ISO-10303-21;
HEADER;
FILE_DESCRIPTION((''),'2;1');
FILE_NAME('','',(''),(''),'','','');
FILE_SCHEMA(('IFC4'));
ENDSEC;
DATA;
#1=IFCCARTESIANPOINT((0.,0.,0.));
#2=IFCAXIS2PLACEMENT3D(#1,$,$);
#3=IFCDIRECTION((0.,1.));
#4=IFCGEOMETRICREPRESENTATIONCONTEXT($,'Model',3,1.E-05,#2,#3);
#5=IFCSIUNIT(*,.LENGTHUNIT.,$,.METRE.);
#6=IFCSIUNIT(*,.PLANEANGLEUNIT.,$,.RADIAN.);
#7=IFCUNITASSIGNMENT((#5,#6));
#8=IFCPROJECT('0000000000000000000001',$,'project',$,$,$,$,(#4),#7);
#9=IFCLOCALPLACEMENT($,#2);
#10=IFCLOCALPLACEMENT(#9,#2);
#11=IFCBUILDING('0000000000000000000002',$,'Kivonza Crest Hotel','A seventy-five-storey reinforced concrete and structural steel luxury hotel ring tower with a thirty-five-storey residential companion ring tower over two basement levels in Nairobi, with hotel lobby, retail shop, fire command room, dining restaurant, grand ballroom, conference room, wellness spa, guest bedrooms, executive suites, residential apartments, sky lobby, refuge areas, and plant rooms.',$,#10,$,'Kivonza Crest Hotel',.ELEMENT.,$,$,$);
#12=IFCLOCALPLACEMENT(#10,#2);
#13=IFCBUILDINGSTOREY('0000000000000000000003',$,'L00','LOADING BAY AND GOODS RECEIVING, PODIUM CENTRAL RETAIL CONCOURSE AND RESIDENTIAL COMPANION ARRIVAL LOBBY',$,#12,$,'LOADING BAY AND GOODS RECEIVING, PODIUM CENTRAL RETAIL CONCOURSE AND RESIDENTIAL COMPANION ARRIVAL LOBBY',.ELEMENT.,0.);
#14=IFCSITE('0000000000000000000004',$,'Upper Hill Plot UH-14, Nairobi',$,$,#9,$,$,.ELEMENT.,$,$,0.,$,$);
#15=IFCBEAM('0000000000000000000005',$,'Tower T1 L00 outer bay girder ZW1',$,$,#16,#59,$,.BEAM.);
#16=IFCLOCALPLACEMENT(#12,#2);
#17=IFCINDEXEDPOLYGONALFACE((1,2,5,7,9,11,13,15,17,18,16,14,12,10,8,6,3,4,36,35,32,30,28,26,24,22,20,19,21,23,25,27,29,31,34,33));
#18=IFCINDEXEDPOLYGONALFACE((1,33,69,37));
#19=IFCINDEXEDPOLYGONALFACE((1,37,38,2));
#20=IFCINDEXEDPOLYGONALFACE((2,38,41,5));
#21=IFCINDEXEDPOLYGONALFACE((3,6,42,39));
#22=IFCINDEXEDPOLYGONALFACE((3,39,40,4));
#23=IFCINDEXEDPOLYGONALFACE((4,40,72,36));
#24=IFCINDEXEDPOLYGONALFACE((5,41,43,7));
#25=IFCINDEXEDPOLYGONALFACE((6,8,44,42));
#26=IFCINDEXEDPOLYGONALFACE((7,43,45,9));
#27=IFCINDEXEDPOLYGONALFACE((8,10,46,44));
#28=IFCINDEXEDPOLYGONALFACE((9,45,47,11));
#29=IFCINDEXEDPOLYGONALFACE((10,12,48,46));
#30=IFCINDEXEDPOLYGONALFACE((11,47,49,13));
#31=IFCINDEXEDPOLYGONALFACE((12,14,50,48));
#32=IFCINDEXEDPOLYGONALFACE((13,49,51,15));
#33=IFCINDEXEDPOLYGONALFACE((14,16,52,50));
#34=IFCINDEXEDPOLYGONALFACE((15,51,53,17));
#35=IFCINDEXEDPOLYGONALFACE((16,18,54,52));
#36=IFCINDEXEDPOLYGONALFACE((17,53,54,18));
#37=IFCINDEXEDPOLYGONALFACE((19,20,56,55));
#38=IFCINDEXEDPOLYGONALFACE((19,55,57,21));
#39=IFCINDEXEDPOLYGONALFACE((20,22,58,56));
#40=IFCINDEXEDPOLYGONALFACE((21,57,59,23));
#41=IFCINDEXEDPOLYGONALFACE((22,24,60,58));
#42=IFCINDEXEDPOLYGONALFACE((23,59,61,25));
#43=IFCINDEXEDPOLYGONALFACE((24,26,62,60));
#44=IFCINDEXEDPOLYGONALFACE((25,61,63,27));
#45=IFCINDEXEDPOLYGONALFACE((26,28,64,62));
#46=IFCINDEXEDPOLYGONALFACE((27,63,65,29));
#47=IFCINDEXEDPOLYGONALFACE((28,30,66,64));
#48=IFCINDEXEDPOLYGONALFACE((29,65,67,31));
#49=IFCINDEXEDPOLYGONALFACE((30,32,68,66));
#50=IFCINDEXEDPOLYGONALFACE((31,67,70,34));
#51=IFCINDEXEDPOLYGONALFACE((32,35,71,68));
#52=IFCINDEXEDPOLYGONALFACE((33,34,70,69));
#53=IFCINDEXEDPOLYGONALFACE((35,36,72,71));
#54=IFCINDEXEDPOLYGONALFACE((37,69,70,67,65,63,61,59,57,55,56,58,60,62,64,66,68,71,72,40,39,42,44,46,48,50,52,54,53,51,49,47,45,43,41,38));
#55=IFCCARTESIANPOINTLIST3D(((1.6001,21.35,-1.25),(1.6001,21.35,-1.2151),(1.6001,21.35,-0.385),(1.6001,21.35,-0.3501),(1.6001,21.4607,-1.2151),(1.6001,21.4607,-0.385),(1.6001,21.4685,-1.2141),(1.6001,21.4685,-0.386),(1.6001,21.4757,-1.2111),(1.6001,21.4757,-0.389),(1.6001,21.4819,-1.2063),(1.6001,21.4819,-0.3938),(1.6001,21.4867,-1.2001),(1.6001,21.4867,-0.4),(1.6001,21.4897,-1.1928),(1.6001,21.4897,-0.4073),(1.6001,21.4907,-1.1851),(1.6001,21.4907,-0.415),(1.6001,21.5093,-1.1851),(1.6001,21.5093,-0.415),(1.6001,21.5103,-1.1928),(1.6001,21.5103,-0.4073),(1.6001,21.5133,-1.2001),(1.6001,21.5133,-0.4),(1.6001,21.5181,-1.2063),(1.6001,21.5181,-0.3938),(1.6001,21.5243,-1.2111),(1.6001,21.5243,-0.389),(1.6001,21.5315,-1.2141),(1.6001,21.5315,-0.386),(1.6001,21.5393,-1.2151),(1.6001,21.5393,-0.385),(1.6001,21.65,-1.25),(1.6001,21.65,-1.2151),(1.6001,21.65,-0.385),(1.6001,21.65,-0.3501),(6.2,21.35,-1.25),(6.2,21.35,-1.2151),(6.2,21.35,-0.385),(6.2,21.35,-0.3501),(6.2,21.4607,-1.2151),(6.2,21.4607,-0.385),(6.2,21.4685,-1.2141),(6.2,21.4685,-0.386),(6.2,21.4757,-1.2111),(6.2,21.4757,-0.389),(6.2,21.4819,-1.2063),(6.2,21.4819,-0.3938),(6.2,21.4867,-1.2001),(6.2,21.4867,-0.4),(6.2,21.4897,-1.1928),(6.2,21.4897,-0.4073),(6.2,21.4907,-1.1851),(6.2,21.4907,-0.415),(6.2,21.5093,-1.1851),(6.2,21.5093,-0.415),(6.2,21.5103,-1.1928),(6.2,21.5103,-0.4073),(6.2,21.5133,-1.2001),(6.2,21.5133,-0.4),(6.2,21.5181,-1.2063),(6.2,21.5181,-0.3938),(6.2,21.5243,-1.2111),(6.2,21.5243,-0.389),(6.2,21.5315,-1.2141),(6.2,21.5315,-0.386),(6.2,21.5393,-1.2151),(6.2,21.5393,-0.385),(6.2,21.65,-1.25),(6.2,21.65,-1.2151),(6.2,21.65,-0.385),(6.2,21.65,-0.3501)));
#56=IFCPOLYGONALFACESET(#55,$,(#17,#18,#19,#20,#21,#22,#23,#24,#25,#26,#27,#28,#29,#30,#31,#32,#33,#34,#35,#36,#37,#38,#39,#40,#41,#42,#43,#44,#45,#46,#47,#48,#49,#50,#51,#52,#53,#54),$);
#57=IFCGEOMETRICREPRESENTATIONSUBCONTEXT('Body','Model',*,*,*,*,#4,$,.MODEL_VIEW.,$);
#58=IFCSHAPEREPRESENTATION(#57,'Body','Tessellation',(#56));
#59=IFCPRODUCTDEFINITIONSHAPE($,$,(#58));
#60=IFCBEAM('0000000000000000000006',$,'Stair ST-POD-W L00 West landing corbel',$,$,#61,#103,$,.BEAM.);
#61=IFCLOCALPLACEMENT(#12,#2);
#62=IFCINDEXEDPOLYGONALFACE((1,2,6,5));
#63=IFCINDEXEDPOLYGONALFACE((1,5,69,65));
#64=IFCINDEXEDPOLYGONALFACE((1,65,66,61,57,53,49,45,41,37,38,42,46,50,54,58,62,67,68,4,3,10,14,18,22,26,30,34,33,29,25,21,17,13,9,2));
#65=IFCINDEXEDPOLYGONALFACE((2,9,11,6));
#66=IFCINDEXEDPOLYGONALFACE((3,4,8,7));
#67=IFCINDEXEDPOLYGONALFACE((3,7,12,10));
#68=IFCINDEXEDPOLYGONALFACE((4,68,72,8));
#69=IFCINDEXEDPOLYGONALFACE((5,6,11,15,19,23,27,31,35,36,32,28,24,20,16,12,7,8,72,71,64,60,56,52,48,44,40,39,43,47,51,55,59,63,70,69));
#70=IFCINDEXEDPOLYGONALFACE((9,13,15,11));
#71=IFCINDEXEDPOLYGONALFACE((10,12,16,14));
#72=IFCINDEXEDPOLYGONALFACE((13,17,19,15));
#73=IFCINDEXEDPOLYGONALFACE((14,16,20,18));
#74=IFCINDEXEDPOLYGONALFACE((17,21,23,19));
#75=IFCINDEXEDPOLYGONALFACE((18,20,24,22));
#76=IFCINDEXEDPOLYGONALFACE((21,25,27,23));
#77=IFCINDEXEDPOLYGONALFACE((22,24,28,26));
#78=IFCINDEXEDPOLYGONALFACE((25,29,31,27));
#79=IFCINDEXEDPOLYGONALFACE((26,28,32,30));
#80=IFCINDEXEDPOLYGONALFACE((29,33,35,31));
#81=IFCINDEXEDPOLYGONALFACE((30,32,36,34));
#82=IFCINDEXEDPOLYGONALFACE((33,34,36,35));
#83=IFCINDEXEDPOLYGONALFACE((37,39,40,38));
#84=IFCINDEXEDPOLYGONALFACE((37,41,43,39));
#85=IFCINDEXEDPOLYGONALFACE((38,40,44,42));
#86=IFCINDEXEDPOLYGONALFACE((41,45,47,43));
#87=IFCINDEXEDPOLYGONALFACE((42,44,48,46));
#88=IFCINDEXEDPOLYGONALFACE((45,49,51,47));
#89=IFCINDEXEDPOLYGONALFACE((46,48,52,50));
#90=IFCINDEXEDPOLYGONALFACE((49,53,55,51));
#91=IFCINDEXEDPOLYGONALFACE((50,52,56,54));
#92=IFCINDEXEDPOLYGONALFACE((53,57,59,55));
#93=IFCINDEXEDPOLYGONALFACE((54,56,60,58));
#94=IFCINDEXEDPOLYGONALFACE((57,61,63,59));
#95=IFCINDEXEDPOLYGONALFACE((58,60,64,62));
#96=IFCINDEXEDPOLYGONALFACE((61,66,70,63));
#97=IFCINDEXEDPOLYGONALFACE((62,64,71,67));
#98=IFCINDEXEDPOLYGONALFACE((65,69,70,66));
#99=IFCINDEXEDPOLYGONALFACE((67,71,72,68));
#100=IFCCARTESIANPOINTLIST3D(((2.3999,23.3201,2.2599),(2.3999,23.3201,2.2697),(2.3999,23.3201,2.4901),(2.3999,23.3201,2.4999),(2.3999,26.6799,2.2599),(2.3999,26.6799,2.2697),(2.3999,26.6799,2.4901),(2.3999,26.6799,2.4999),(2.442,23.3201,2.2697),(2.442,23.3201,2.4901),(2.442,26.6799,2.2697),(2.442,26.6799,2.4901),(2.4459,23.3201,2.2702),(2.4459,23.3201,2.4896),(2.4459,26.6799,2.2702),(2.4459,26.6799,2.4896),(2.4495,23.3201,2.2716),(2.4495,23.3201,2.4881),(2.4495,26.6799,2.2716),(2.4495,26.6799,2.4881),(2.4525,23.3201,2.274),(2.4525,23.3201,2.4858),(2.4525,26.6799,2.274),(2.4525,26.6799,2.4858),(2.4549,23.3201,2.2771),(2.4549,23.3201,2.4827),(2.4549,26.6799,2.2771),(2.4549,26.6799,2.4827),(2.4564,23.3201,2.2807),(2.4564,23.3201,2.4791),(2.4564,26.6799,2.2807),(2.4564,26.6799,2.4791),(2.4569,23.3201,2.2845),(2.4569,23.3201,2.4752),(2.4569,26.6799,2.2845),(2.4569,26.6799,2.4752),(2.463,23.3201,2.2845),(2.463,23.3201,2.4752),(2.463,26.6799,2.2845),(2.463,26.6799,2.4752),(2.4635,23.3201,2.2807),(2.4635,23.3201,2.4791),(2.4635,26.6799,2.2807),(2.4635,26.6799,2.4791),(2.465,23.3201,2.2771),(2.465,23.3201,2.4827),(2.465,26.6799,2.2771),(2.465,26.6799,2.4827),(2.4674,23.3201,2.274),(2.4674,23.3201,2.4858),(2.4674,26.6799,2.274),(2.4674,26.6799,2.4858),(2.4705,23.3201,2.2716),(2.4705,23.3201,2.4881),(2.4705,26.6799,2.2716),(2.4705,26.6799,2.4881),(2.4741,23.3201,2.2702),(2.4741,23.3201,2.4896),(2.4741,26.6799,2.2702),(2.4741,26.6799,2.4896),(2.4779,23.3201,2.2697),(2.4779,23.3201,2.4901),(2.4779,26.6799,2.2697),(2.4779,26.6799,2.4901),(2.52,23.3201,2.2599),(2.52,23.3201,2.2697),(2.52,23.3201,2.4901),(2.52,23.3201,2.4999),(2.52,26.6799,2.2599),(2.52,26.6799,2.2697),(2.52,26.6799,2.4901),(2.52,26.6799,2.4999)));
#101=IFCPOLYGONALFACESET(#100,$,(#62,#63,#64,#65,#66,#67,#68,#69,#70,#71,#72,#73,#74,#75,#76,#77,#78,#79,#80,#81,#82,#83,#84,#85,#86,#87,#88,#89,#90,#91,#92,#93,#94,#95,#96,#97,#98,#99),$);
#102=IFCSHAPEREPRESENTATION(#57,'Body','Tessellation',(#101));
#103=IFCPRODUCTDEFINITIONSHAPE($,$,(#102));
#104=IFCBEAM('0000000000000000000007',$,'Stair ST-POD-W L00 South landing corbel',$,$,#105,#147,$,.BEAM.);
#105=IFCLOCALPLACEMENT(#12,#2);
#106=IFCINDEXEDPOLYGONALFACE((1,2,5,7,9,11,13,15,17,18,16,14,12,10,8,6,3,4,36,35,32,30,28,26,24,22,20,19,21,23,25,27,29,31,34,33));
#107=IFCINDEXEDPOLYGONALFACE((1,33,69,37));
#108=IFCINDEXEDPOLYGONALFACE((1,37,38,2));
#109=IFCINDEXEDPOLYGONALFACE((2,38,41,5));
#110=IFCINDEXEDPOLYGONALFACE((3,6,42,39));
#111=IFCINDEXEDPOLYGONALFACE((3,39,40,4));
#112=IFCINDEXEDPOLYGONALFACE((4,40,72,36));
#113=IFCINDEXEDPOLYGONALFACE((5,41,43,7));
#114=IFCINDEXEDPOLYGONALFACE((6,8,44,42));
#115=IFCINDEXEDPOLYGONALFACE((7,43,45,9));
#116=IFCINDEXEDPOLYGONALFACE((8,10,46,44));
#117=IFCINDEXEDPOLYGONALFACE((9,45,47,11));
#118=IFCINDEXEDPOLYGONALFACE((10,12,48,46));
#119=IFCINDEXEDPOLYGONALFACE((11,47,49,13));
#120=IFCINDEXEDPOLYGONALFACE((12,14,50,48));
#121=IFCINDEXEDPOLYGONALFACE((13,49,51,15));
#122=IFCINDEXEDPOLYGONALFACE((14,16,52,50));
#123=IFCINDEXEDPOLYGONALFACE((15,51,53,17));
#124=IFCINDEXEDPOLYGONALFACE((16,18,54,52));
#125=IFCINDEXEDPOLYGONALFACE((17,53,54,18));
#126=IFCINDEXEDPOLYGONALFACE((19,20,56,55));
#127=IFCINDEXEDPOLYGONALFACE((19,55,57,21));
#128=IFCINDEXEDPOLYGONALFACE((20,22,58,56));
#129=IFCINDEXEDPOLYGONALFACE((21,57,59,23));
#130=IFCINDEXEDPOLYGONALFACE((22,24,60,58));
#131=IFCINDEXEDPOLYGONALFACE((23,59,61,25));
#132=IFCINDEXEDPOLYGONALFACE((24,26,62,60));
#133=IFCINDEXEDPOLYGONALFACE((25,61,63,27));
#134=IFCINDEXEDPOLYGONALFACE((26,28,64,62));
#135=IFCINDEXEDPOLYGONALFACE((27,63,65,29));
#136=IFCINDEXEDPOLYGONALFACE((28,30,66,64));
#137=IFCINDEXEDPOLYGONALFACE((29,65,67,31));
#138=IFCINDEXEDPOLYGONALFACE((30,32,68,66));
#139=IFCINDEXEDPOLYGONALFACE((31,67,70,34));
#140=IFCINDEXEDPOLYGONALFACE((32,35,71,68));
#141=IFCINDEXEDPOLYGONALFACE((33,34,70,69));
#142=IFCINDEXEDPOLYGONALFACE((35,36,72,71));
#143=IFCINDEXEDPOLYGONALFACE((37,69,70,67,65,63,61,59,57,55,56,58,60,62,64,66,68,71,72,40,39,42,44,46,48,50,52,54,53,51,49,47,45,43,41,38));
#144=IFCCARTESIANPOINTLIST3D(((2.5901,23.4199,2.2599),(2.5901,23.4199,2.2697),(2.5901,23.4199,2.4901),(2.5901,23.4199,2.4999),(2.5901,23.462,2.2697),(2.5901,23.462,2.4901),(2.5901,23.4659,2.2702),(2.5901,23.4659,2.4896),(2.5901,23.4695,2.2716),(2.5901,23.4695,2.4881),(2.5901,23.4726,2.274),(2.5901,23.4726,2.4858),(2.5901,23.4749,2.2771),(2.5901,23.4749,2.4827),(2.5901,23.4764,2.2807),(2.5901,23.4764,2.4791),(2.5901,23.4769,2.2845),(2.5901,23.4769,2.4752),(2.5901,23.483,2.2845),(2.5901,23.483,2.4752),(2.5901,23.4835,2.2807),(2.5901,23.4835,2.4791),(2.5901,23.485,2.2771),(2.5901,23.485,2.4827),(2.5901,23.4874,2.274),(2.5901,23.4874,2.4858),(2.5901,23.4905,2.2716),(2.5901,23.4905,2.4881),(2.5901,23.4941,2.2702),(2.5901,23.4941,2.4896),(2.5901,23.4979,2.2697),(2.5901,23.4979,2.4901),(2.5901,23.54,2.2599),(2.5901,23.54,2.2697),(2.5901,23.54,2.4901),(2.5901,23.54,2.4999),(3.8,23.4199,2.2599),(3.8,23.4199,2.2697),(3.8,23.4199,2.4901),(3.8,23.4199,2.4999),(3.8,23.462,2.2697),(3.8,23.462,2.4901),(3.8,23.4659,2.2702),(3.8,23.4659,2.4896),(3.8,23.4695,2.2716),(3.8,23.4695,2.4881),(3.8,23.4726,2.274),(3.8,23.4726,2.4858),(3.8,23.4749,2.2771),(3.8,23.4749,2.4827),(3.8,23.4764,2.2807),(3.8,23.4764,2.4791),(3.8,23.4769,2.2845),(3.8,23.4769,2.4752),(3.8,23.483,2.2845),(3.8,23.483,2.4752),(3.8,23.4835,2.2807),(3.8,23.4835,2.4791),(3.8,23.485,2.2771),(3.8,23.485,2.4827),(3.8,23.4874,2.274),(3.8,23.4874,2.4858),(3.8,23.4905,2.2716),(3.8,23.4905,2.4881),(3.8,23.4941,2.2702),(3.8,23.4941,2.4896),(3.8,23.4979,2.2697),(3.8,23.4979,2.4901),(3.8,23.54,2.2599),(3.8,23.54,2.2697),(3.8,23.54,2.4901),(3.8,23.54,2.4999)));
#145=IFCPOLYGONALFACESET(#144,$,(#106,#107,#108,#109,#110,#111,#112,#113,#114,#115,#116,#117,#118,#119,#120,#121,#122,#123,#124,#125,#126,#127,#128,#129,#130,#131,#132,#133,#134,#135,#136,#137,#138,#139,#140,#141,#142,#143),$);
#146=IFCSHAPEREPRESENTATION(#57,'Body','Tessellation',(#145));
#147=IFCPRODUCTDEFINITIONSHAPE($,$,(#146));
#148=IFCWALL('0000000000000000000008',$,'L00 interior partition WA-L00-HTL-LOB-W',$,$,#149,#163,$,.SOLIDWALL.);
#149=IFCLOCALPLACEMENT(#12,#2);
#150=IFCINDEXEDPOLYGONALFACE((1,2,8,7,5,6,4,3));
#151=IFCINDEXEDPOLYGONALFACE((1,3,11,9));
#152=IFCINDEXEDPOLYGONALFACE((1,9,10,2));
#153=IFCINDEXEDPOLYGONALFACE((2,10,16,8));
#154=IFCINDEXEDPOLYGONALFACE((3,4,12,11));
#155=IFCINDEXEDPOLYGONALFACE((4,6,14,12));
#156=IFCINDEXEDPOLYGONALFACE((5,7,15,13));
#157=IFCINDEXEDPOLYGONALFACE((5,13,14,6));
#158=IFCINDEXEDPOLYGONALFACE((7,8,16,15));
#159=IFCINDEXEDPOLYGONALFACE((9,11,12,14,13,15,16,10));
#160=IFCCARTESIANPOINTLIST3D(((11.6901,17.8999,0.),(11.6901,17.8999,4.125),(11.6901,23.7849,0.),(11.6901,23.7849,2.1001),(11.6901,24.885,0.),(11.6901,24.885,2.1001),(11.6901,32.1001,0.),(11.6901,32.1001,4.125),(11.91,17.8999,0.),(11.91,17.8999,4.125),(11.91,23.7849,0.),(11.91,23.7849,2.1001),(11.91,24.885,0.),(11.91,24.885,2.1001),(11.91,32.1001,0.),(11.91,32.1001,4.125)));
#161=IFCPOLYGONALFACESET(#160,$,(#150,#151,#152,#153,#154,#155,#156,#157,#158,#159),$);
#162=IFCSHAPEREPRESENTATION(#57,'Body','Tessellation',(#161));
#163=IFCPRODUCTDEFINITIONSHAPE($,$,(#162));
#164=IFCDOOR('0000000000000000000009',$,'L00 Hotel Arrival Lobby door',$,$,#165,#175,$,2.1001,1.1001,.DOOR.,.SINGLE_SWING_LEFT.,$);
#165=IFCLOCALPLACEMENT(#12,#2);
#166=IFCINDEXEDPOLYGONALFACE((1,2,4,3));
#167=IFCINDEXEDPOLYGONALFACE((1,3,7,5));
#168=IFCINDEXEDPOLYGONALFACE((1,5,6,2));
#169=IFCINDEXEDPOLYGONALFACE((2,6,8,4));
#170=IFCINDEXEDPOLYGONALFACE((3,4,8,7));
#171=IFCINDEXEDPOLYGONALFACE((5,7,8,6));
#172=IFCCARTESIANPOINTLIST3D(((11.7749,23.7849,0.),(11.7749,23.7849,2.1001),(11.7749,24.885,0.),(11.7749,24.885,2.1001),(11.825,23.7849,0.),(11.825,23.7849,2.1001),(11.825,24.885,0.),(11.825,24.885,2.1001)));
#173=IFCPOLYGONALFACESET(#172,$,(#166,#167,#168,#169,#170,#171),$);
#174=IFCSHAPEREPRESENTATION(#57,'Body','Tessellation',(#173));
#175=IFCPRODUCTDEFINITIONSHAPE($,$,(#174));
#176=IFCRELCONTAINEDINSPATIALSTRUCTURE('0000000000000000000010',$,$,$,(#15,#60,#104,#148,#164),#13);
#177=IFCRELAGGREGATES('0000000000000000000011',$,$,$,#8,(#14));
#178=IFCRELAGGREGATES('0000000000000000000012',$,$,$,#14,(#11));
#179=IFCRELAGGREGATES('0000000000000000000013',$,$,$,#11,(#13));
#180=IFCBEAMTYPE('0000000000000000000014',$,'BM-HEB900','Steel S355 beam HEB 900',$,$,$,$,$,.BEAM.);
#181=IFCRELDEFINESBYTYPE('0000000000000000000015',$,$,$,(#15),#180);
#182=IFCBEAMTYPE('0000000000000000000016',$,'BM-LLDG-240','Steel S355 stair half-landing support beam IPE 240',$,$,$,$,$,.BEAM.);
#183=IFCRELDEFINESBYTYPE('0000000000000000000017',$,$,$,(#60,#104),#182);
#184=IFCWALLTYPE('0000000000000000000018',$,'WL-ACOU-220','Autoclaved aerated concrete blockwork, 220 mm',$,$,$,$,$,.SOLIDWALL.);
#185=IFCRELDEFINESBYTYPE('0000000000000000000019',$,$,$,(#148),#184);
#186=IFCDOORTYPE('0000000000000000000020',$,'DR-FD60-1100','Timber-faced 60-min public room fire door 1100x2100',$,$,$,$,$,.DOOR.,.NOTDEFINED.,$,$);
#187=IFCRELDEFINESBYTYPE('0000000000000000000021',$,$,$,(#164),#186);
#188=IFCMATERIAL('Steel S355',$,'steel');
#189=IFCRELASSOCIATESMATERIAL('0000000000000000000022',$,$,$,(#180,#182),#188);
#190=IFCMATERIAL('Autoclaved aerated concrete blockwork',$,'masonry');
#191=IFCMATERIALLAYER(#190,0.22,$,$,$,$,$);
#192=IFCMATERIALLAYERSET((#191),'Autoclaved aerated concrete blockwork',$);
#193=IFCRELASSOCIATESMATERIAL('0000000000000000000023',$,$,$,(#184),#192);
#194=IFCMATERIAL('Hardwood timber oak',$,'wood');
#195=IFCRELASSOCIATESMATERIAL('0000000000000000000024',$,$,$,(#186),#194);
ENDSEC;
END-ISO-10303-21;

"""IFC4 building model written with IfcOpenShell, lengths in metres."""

from ifc_helpers import new_model, si_unit, direction, frame, frame_2d, origin, origin_2d, place, context, subcontext, project, spatial, rectangle, i_section, extrude, material, layer, layer_set, material_profile, profile_set, type_object, element, fill, save


model = new_model("IFC4")

# Units and contexts
model_context = context("Model", 3, precision=1e-05, world=origin(), true_north=direction((0.0, 1.0)))
body_context = subcontext(model_context, "Body", "Model", "MODEL_VIEW")
ifc_project = project(units=[si_unit("LENGTHUNIT", "METRE"), si_unit("PLANEANGLEUNIT", "RADIAN")], contexts=[model_context])

# Site, building, storey
site_placement = place(None, origin())
site = spatial("IfcSite", under=ifc_project, at=site_placement, Name="Upper Hill Plot UH-14, Nairobi", CompositionType="ELEMENT", RefElevation=0.0)
building_placement = place(site_placement, origin())
building = spatial("IfcBuilding", under=site, at=building_placement, Name="Kivonza Crest Hotel", Description="A seventy-five-storey reinforced concrete and structural steel luxury hotel ring tower with a thirty-five-storey residential companion ring tower over two basement levels in Nairobi, with hotel lobby, retail shop, fire command room, dining restaurant, grand ballroom, conference room, wellness spa, guest bedrooms, executive suites, residential apartments, sky lobby, refuge areas, and plant rooms.", LongName="Kivonza Crest Hotel", CompositionType="ELEMENT")
storey_placement = place(building_placement, origin())
storey = spatial("IfcBuildingStorey", under=building, at=storey_placement, Name="L00", Description="LOADING BAY AND GOODS RECEIVING, PODIUM CENTRAL RETAIL CONCOURSE AND RESIDENTIAL COMPANION ARRIVAL LOBBY", LongName="LOADING BAY AND GOODS RECEIVING, PODIUM CENTRAL RETAIL CONCOURSE AND RESIDENTIAL COMPANION ARRIVAL LOBBY", CompositionType="ELEMENT", Elevation=0.0)

# Beams
ifc_material_1 = material(Name="Steel S355", Category="steel")
ifc_material_profile_1 = material_profile(ifc_material_1, i_section(OverallWidth=0.3, OverallDepth=0.8999, WebThickness=0.0186, FlangeThickness=0.0349, FilletRadius=0.03, at=origin_2d()), Name="HEB 900")
ifc_profile_set_1 = profile_set([ifc_material_profile_1], Name="Steel S355")
beam_type_1 = type_object("IfcBeamType", Name="BM-HEB900", Description="Steel S355 beam HEB 900", PredefinedType="BEAM", material=ifc_profile_set_1)
beam_1_placement = place(storey_placement, frame((1.6001, 21.5, -0.8), z_axis=(1.0, 0.0, 0.0), x_axis=(0.0, 1.0, 0.0)))
element("IfcBeam", 1, at=beam_1_placement, inside=storey, type_object=beam_type_1, Name="Tower T1 L00 outer bay girder ZW1", PredefinedType="BEAM", context=body_context, shape_type="SweptSolid", body=[
    extrude(i_section(OverallWidth=0.3, OverallDepth=0.8999, WebThickness=0.0186, FlangeThickness=0.0349, FilletRadius=0.03, at=origin_2d()), origin(), (0.0, 0.0, 1.0), 4.5999),
])
ifc_material_profile_2 = material_profile(ifc_material_1, i_section(OverallWidth=0.1201, OverallDepth=0.24, WebThickness=0.0061, FlangeThickness=0.0098, FilletRadius=0.0149, at=origin_2d()), Name="IPE 240")
ifc_profile_set_2 = profile_set([ifc_material_profile_2], Name="Steel S355")
beam_type_2 = type_object("IfcBeamType", Name="BM-LLDG-240", Description="Steel S355 stair half-landing support beam IPE 240", PredefinedType="BEAM", material=ifc_profile_set_2)
beam_2_placement = place(storey_placement, frame((2.46, 23.3201, 2.3799), z_axis=(0.0, 1.0, 0.0), x_axis=(-1.0, 0.0, 0.0)))
element("IfcBeam", 2, at=beam_2_placement, inside=storey, type_object=beam_type_2, Name="Stair ST-POD-W L00 West landing corbel", PredefinedType="BEAM", context=body_context, shape_type="SweptSolid", body=[
    extrude(i_section(OverallWidth=0.1201, OverallDepth=0.24, WebThickness=0.0061, FlangeThickness=0.0098, FilletRadius=0.0149, at=origin_2d()), origin(), (0.0, 0.0, 1.0), 3.3599),
])
beam_3_placement = place(storey_placement, frame((2.5901, 23.48, 2.3799), z_axis=(1.0, 0.0, 0.0), x_axis=(0.0, 1.0, 0.0)))
element("IfcBeam", 3, at=beam_3_placement, inside=storey, type_object=beam_type_2, Name="Stair ST-POD-W L00 South landing corbel", PredefinedType="BEAM", context=body_context, shape_type="SweptSolid", body=[
    extrude(i_section(OverallWidth=0.1201, OverallDepth=0.24, WebThickness=0.0061, FlangeThickness=0.0098, FilletRadius=0.0149, at=origin_2d()), origin(), (0.0, 0.0, 1.0), 1.21),
])

# Wall, opening, door
ifc_material_2 = material(Name="Autoclaved aerated concrete blockwork", Category="masonry")
ifc_layer_1 = layer(ifc_material_2, 0.22)
ifc_layer_set_1 = layer_set([ifc_layer_1], Name="Autoclaved aerated concrete blockwork")
wall_type_1 = type_object("IfcWallType", Name="WL-ACOU-220", Description="Autoclaved aerated concrete blockwork, 220 mm", PredefinedType="SOLIDWALL", material=ifc_layer_set_1)
wall_1_placement = place(storey_placement, frame((11.8, 17.8999, 0.0), z_axis=(0.0, 0.0, 1.0), x_axis=(0.0, 1.0, 0.0)))
wall_1 = element("IfcWall", 4, at=wall_1_placement, inside=storey, type_object=wall_type_1, Name="L00 interior partition WA-L00-HTL-LOB-W", PredefinedType="SOLIDWALL", context=body_context, shape_type="SweptSolid", body=[
    extrude(rectangle(XDim=14.2002, YDim=0.22, at=frame_2d((7.1001, 0.0))), origin(), (0.0, 0.0, 1.0), 4.125),
])
opening_1_placement = place(wall_1_placement, frame((5.885, 0.0, 0.0)))
opening_1 = element("IfcOpeningElement", 5, at=opening_1_placement, cuts=wall_1, PredefinedType="OPENING", context=body_context, shape_type="SweptSolid", body=[
    extrude(rectangle(XDim=1.1001, YDim=2.1001, at=frame_2d((0.55, 1.05))), frame((0.0, 0.1201, 0.0), z_axis=(0.0, -1.0, 0.0), x_axis=(1.0, 0.0, 0.0)), (0.0, 0.0, 1.0), 0.24),
])
ifc_material_3 = material(Name="Hardwood timber oak", Category="wood")
door_type_1 = type_object("IfcDoorType", Name="DR-FD60-1100", Description="Timber-faced 60-min public room fire door 1100x2100", OperationType="NOTDEFINED", PredefinedType="DOOR", material=ifc_material_3)
door_1_placement = place(opening_1_placement, frame((1.1001, 0.0, 0.0), z_axis=(0.0, 0.0, 1.0), x_axis=(-1.0, 0.0, 0.0)))
door_1 = element("IfcDoor", 6, at=door_1_placement, inside=storey, type_object=door_type_1, Name="L00 Hotel Arrival Lobby door", OperationType="SINGLE_SWING_LEFT", OverallHeight=2.1001, OverallWidth=1.1001, PredefinedType="DOOR", context=body_context, shape_type="SweptSolid", body=[
    extrude(rectangle(XDim=1.1001, YDim=2.1001, at=frame_2d((0.55, 1.05))), frame((0.0, 0.0249, 0.0), z_axis=(0.0, -1.0, 0.0), x_axis=(1.0, 0.0, 0.0)), (0.0, 0.0, 1.0), 0.05),
])
fill(opening_1, door_1)

save(model, "model.ifc")
